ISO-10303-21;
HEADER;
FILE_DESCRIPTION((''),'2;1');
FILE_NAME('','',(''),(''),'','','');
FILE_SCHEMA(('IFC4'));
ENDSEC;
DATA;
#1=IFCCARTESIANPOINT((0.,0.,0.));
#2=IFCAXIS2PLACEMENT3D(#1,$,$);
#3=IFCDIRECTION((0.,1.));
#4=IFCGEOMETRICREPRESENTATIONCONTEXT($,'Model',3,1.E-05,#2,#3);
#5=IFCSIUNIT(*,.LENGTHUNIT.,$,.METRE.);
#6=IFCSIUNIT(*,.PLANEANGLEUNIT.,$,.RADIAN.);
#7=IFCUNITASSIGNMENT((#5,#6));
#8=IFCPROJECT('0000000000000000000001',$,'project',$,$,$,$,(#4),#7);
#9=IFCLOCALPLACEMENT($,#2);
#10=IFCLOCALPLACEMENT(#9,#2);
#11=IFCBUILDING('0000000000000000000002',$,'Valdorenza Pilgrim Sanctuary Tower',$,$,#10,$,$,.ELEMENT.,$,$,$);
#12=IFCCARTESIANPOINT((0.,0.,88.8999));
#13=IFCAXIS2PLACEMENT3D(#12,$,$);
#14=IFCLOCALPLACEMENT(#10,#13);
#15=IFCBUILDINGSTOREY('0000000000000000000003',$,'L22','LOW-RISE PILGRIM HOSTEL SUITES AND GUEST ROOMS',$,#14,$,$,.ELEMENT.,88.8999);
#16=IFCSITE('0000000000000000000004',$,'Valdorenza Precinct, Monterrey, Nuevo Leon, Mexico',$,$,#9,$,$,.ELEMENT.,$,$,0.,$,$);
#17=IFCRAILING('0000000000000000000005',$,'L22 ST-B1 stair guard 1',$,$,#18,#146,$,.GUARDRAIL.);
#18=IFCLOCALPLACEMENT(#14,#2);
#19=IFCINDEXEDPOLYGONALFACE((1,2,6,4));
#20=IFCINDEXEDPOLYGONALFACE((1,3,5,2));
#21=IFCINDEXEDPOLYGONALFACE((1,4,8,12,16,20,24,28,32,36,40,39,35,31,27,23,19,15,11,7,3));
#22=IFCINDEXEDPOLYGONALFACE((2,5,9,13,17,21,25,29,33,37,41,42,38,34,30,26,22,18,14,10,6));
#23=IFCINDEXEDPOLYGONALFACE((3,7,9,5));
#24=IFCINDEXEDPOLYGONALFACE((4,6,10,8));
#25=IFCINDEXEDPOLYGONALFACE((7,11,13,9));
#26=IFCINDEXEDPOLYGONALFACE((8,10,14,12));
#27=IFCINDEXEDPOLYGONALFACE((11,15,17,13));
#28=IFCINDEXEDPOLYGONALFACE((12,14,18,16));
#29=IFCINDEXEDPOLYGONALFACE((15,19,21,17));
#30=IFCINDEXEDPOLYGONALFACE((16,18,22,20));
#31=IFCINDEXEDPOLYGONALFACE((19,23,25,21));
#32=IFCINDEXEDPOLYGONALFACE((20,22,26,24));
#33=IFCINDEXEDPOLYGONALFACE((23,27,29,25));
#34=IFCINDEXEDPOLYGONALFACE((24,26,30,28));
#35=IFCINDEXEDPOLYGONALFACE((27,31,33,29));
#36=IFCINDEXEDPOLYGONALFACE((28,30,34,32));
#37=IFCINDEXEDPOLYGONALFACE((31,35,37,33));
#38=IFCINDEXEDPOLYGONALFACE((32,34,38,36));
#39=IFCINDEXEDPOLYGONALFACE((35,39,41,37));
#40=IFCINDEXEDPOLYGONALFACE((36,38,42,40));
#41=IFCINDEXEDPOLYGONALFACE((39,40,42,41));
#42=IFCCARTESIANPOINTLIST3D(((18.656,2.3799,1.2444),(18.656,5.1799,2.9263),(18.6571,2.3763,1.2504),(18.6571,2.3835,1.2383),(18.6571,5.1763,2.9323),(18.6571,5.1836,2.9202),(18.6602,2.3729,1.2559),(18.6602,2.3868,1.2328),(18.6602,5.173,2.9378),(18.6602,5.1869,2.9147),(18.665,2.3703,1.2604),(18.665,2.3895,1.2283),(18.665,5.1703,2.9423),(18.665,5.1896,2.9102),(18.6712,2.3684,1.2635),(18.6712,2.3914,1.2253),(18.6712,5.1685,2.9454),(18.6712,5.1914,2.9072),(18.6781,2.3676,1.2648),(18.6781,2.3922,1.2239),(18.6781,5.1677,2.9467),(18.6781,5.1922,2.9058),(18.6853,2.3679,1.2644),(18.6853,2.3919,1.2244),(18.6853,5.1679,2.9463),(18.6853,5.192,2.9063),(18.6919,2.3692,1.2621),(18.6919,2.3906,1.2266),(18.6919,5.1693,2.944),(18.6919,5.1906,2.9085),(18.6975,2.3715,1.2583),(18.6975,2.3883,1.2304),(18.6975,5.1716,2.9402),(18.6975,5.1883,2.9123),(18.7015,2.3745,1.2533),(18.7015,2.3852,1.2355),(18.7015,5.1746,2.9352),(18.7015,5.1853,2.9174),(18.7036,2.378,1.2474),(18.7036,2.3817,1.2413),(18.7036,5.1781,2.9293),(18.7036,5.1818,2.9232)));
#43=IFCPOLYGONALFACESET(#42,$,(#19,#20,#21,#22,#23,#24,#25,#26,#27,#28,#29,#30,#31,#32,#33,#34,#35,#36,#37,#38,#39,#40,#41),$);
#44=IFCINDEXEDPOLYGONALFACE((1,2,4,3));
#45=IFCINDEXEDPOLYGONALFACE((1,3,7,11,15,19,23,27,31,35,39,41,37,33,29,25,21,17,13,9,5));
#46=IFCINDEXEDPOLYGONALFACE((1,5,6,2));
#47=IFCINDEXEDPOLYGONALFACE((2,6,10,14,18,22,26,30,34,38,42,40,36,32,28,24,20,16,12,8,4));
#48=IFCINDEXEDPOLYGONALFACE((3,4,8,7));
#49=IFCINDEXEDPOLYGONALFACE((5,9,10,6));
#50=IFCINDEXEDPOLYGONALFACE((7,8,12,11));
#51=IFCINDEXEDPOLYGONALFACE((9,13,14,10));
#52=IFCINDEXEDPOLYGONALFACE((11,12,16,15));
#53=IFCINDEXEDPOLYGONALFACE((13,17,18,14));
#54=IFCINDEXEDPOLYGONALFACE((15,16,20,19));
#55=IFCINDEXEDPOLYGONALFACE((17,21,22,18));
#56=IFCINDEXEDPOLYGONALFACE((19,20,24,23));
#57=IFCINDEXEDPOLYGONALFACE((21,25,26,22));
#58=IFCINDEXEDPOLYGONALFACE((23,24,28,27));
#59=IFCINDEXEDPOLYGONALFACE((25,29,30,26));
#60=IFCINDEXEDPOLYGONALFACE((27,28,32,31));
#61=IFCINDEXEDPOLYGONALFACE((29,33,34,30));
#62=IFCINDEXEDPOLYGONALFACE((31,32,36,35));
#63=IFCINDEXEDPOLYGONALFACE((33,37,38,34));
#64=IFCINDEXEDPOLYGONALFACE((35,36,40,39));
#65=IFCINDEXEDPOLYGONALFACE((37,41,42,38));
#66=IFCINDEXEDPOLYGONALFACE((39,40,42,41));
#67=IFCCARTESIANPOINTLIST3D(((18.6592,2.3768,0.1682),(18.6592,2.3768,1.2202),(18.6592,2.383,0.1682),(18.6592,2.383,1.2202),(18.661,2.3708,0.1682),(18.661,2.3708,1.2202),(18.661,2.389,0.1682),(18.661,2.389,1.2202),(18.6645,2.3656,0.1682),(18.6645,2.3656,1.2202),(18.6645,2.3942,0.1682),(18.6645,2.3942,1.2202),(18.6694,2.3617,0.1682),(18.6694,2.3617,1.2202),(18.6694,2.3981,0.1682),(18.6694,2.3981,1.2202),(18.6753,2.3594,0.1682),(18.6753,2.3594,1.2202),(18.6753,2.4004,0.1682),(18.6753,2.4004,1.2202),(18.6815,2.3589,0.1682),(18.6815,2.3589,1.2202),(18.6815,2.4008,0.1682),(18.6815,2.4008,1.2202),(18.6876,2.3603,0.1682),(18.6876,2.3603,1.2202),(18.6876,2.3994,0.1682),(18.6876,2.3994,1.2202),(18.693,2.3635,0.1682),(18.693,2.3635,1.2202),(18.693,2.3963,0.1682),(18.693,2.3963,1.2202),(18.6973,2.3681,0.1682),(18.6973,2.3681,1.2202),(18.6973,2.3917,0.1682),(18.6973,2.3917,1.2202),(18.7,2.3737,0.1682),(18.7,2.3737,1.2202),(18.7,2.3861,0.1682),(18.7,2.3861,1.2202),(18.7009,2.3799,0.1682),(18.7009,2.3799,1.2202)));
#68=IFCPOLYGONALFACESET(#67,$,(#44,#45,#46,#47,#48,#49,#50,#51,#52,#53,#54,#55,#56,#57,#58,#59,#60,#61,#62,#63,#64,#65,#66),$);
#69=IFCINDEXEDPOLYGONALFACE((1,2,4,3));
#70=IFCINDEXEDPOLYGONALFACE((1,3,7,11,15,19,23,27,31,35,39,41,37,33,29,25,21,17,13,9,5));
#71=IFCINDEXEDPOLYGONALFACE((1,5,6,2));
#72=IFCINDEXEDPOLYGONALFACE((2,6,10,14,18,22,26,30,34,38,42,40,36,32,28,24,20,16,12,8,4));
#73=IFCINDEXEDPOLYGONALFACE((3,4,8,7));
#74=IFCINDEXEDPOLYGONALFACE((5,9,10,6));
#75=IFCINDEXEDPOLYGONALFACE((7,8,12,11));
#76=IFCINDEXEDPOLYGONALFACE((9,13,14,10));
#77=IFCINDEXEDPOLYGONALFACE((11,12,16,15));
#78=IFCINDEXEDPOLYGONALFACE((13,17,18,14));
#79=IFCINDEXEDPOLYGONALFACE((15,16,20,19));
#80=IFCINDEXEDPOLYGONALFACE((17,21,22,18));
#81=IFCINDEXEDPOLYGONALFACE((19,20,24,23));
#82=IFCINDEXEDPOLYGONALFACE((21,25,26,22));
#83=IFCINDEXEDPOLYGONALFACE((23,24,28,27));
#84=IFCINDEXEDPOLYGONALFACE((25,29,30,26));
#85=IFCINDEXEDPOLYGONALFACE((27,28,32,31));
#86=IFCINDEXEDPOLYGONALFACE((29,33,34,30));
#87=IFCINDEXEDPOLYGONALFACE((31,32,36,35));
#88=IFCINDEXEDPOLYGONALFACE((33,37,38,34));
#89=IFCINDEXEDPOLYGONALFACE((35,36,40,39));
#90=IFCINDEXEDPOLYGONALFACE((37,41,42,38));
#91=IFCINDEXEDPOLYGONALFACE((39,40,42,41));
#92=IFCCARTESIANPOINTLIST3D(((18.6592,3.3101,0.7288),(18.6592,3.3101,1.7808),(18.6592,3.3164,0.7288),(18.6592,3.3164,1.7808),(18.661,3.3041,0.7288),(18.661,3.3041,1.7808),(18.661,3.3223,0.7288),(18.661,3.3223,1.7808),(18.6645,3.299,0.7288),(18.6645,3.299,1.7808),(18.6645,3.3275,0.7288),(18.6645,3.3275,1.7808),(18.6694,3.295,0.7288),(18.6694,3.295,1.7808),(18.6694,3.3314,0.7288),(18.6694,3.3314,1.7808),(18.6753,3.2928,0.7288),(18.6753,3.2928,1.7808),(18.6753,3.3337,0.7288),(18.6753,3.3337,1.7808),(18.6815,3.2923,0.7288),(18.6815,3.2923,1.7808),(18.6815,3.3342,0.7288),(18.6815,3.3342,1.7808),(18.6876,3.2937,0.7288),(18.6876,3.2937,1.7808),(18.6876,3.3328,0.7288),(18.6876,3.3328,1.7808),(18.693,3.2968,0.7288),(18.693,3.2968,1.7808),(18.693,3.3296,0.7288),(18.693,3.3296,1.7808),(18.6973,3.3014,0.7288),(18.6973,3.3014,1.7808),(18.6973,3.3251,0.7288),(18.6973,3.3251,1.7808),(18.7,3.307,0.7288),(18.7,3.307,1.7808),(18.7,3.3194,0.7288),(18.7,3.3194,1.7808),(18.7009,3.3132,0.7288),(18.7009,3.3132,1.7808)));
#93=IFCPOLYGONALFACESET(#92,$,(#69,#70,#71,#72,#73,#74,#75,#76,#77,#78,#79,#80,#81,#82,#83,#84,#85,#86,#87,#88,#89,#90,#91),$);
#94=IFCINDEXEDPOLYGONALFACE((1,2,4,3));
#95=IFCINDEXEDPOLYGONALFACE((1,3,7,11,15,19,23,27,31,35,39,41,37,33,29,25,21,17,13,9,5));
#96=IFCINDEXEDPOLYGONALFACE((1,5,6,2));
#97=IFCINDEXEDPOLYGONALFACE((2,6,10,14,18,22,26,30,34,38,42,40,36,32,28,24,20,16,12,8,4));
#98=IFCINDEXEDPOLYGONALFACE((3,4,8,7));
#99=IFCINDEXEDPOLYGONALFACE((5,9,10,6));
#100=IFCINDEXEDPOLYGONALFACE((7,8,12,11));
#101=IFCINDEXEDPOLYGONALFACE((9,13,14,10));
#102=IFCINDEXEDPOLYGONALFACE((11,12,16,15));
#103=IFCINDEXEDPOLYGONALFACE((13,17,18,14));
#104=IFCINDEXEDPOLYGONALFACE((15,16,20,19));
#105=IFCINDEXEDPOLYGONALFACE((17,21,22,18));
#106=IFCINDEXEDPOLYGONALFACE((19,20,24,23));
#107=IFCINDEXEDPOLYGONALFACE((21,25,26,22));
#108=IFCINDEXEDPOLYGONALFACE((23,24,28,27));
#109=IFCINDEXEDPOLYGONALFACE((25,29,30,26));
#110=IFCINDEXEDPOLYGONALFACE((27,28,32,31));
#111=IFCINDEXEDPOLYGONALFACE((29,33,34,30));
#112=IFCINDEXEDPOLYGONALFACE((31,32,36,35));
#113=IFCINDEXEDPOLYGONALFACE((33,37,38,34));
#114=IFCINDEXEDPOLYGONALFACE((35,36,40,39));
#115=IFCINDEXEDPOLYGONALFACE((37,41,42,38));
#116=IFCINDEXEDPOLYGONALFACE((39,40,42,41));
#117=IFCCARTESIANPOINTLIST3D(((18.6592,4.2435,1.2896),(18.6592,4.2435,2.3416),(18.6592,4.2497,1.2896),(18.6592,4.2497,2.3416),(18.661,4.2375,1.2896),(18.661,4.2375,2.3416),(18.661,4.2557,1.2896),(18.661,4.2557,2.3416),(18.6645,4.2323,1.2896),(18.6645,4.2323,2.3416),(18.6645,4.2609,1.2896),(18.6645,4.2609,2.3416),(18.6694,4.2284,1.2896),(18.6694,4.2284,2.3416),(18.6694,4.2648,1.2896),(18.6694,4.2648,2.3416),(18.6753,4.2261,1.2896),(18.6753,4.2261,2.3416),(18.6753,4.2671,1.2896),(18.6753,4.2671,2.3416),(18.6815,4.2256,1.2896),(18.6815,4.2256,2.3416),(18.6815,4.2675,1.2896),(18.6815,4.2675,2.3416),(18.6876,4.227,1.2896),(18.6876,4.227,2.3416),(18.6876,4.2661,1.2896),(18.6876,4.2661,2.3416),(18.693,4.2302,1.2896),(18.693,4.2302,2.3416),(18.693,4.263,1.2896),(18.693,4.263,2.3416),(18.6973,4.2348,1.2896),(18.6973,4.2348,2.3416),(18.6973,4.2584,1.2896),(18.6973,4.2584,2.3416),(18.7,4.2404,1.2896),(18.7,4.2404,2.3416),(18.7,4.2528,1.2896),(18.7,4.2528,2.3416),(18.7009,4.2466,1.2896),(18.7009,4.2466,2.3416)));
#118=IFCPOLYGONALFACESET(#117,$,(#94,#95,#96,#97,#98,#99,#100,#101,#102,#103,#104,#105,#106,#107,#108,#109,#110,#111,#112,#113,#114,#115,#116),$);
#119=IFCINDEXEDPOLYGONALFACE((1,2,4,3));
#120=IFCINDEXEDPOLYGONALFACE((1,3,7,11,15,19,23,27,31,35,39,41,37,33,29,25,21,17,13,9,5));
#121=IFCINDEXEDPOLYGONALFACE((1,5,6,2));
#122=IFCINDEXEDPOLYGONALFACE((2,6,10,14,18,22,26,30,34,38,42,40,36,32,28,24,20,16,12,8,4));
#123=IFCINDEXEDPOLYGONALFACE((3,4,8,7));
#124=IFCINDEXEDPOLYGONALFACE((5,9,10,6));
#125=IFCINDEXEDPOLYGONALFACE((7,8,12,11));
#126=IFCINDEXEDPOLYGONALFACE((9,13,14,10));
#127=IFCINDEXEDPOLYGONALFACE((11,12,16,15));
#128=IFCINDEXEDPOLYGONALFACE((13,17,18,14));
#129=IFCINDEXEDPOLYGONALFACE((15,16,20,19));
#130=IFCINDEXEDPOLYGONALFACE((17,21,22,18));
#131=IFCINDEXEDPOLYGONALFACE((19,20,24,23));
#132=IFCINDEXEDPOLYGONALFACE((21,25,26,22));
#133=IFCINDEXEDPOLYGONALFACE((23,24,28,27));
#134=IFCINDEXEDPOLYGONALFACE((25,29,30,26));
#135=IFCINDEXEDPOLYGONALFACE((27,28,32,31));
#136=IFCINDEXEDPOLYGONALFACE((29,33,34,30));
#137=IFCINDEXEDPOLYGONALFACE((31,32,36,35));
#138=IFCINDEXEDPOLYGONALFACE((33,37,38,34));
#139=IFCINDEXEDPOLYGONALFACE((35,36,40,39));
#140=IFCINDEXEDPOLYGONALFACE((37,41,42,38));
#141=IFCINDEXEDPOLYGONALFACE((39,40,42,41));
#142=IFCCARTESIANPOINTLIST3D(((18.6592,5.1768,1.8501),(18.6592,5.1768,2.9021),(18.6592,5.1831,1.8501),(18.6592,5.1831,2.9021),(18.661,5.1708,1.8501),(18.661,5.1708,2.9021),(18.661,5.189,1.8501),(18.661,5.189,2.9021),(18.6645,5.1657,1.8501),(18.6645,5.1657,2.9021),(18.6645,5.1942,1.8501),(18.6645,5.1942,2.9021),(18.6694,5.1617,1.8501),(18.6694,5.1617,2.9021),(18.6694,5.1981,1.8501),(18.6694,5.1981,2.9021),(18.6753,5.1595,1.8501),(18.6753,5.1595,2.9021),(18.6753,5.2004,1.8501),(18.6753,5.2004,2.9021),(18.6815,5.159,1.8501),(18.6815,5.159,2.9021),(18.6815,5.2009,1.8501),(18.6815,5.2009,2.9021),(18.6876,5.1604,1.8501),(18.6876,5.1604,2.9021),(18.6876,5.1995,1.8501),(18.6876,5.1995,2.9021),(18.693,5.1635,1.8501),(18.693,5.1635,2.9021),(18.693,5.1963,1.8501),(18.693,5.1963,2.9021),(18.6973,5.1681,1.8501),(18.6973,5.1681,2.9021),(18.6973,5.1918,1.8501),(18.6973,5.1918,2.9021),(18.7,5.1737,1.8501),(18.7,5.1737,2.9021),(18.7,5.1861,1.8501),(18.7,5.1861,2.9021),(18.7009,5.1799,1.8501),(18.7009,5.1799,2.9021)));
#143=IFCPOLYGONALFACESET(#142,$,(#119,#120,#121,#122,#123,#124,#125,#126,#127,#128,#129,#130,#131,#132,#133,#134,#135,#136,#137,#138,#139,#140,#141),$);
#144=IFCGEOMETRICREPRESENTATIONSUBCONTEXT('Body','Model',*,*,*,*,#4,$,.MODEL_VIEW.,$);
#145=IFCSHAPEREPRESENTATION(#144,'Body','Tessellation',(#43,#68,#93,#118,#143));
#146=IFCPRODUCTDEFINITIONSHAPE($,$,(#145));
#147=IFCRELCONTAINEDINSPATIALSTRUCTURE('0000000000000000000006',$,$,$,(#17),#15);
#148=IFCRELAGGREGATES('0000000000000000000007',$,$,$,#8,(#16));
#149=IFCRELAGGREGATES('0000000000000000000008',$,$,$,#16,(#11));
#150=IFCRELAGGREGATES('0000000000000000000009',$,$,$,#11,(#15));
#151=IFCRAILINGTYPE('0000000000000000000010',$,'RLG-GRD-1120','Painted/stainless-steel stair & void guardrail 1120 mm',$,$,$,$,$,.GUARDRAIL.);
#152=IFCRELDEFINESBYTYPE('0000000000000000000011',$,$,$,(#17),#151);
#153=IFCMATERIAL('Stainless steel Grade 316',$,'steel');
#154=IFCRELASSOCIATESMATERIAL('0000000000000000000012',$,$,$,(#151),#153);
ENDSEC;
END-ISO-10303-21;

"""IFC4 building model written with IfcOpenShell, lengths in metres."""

from ifc_helpers import new_model, si_unit, direction, frame, origin, origin_2d, place, context, subcontext, project, spatial, circle, extrude, material, type_object, element, save


model = new_model("IFC4")

# Units and contexts
model_context = context("Model", 3, precision=1e-05, world=origin(), true_north=direction((0.0, 1.0)))
body_context = subcontext(model_context, "Body", "Model", "MODEL_VIEW")
ifc_project = project(units=[si_unit("LENGTHUNIT", "METRE"), si_unit("PLANEANGLEUNIT", "RADIAN")], contexts=[model_context])

# Site, building, storey
site_placement = place(None, origin())
site = spatial("IfcSite", under=ifc_project, at=site_placement, Name="Valdorenza Precinct, Monterrey, Nuevo Leon, Mexico", CompositionType="ELEMENT", RefElevation=0.0)
building_placement = place(site_placement, origin())
building = spatial("IfcBuilding", under=site, at=building_placement, Name="Valdorenza Pilgrim Sanctuary Tower", CompositionType="ELEMENT")
storey_placement = place(building_placement, frame((0.0, 0.0, 88.8999)))
storey = spatial("IfcBuildingStorey", under=building, at=storey_placement, Name="L22", Description="LOW-RISE PILGRIM HOSTEL SUITES AND GUEST ROOMS", CompositionType="ELEMENT", Elevation=88.8999)

# Railing
ifc_material_1 = material(Name="Stainless steel Grade 316", Category="steel")
railing_type_1 = type_object("IfcRailingType", Name="RLG-GRD-1120", Description="Painted/stainless-steel stair & void guardrail 1120 mm", PredefinedType="GUARDRAIL", material=ifc_material_1)
railing_1_placement = place(storey_placement, frame((18.6799, 2.3799, 0.1682)))
element("IfcRailing", 1, at=railing_1_placement, inside=storey, type_object=railing_type_1, Name="L22 ST-B1 stair guard 1", PredefinedType="GUARDRAIL", context=body_context, shape_type="SweptSolid", body=[
    extrude(circle(Radius=0.0239, at=origin_2d()), frame((0.0, 0.0, 1.0762), z_axis=(0.0, 0.857242, 0.514913), x_axis=(-1.0, 0.0, 0.0)), (0.0, 0.0, 1.0), 3.2664),
    extrude(circle(Radius=0.021, at=origin_2d()), origin(), (0.0, 0.0, 1.0), 1.052),
    extrude(circle(Radius=0.021, at=origin_2d()), frame((0.0, 0.9333, 0.5605)), (0.0, 0.0, 1.0), 1.052),
    extrude(circle(Radius=0.021, at=origin_2d()), frame((0.0, 1.8667, 1.1213)), (0.0, 0.0, 1.0), 1.052),
    extrude(circle(Radius=0.021, at=origin_2d()), frame((0.0, 2.8, 1.6819)), (0.0, 0.0, 1.0), 1.052),
])

save(model, "model.ifc")
